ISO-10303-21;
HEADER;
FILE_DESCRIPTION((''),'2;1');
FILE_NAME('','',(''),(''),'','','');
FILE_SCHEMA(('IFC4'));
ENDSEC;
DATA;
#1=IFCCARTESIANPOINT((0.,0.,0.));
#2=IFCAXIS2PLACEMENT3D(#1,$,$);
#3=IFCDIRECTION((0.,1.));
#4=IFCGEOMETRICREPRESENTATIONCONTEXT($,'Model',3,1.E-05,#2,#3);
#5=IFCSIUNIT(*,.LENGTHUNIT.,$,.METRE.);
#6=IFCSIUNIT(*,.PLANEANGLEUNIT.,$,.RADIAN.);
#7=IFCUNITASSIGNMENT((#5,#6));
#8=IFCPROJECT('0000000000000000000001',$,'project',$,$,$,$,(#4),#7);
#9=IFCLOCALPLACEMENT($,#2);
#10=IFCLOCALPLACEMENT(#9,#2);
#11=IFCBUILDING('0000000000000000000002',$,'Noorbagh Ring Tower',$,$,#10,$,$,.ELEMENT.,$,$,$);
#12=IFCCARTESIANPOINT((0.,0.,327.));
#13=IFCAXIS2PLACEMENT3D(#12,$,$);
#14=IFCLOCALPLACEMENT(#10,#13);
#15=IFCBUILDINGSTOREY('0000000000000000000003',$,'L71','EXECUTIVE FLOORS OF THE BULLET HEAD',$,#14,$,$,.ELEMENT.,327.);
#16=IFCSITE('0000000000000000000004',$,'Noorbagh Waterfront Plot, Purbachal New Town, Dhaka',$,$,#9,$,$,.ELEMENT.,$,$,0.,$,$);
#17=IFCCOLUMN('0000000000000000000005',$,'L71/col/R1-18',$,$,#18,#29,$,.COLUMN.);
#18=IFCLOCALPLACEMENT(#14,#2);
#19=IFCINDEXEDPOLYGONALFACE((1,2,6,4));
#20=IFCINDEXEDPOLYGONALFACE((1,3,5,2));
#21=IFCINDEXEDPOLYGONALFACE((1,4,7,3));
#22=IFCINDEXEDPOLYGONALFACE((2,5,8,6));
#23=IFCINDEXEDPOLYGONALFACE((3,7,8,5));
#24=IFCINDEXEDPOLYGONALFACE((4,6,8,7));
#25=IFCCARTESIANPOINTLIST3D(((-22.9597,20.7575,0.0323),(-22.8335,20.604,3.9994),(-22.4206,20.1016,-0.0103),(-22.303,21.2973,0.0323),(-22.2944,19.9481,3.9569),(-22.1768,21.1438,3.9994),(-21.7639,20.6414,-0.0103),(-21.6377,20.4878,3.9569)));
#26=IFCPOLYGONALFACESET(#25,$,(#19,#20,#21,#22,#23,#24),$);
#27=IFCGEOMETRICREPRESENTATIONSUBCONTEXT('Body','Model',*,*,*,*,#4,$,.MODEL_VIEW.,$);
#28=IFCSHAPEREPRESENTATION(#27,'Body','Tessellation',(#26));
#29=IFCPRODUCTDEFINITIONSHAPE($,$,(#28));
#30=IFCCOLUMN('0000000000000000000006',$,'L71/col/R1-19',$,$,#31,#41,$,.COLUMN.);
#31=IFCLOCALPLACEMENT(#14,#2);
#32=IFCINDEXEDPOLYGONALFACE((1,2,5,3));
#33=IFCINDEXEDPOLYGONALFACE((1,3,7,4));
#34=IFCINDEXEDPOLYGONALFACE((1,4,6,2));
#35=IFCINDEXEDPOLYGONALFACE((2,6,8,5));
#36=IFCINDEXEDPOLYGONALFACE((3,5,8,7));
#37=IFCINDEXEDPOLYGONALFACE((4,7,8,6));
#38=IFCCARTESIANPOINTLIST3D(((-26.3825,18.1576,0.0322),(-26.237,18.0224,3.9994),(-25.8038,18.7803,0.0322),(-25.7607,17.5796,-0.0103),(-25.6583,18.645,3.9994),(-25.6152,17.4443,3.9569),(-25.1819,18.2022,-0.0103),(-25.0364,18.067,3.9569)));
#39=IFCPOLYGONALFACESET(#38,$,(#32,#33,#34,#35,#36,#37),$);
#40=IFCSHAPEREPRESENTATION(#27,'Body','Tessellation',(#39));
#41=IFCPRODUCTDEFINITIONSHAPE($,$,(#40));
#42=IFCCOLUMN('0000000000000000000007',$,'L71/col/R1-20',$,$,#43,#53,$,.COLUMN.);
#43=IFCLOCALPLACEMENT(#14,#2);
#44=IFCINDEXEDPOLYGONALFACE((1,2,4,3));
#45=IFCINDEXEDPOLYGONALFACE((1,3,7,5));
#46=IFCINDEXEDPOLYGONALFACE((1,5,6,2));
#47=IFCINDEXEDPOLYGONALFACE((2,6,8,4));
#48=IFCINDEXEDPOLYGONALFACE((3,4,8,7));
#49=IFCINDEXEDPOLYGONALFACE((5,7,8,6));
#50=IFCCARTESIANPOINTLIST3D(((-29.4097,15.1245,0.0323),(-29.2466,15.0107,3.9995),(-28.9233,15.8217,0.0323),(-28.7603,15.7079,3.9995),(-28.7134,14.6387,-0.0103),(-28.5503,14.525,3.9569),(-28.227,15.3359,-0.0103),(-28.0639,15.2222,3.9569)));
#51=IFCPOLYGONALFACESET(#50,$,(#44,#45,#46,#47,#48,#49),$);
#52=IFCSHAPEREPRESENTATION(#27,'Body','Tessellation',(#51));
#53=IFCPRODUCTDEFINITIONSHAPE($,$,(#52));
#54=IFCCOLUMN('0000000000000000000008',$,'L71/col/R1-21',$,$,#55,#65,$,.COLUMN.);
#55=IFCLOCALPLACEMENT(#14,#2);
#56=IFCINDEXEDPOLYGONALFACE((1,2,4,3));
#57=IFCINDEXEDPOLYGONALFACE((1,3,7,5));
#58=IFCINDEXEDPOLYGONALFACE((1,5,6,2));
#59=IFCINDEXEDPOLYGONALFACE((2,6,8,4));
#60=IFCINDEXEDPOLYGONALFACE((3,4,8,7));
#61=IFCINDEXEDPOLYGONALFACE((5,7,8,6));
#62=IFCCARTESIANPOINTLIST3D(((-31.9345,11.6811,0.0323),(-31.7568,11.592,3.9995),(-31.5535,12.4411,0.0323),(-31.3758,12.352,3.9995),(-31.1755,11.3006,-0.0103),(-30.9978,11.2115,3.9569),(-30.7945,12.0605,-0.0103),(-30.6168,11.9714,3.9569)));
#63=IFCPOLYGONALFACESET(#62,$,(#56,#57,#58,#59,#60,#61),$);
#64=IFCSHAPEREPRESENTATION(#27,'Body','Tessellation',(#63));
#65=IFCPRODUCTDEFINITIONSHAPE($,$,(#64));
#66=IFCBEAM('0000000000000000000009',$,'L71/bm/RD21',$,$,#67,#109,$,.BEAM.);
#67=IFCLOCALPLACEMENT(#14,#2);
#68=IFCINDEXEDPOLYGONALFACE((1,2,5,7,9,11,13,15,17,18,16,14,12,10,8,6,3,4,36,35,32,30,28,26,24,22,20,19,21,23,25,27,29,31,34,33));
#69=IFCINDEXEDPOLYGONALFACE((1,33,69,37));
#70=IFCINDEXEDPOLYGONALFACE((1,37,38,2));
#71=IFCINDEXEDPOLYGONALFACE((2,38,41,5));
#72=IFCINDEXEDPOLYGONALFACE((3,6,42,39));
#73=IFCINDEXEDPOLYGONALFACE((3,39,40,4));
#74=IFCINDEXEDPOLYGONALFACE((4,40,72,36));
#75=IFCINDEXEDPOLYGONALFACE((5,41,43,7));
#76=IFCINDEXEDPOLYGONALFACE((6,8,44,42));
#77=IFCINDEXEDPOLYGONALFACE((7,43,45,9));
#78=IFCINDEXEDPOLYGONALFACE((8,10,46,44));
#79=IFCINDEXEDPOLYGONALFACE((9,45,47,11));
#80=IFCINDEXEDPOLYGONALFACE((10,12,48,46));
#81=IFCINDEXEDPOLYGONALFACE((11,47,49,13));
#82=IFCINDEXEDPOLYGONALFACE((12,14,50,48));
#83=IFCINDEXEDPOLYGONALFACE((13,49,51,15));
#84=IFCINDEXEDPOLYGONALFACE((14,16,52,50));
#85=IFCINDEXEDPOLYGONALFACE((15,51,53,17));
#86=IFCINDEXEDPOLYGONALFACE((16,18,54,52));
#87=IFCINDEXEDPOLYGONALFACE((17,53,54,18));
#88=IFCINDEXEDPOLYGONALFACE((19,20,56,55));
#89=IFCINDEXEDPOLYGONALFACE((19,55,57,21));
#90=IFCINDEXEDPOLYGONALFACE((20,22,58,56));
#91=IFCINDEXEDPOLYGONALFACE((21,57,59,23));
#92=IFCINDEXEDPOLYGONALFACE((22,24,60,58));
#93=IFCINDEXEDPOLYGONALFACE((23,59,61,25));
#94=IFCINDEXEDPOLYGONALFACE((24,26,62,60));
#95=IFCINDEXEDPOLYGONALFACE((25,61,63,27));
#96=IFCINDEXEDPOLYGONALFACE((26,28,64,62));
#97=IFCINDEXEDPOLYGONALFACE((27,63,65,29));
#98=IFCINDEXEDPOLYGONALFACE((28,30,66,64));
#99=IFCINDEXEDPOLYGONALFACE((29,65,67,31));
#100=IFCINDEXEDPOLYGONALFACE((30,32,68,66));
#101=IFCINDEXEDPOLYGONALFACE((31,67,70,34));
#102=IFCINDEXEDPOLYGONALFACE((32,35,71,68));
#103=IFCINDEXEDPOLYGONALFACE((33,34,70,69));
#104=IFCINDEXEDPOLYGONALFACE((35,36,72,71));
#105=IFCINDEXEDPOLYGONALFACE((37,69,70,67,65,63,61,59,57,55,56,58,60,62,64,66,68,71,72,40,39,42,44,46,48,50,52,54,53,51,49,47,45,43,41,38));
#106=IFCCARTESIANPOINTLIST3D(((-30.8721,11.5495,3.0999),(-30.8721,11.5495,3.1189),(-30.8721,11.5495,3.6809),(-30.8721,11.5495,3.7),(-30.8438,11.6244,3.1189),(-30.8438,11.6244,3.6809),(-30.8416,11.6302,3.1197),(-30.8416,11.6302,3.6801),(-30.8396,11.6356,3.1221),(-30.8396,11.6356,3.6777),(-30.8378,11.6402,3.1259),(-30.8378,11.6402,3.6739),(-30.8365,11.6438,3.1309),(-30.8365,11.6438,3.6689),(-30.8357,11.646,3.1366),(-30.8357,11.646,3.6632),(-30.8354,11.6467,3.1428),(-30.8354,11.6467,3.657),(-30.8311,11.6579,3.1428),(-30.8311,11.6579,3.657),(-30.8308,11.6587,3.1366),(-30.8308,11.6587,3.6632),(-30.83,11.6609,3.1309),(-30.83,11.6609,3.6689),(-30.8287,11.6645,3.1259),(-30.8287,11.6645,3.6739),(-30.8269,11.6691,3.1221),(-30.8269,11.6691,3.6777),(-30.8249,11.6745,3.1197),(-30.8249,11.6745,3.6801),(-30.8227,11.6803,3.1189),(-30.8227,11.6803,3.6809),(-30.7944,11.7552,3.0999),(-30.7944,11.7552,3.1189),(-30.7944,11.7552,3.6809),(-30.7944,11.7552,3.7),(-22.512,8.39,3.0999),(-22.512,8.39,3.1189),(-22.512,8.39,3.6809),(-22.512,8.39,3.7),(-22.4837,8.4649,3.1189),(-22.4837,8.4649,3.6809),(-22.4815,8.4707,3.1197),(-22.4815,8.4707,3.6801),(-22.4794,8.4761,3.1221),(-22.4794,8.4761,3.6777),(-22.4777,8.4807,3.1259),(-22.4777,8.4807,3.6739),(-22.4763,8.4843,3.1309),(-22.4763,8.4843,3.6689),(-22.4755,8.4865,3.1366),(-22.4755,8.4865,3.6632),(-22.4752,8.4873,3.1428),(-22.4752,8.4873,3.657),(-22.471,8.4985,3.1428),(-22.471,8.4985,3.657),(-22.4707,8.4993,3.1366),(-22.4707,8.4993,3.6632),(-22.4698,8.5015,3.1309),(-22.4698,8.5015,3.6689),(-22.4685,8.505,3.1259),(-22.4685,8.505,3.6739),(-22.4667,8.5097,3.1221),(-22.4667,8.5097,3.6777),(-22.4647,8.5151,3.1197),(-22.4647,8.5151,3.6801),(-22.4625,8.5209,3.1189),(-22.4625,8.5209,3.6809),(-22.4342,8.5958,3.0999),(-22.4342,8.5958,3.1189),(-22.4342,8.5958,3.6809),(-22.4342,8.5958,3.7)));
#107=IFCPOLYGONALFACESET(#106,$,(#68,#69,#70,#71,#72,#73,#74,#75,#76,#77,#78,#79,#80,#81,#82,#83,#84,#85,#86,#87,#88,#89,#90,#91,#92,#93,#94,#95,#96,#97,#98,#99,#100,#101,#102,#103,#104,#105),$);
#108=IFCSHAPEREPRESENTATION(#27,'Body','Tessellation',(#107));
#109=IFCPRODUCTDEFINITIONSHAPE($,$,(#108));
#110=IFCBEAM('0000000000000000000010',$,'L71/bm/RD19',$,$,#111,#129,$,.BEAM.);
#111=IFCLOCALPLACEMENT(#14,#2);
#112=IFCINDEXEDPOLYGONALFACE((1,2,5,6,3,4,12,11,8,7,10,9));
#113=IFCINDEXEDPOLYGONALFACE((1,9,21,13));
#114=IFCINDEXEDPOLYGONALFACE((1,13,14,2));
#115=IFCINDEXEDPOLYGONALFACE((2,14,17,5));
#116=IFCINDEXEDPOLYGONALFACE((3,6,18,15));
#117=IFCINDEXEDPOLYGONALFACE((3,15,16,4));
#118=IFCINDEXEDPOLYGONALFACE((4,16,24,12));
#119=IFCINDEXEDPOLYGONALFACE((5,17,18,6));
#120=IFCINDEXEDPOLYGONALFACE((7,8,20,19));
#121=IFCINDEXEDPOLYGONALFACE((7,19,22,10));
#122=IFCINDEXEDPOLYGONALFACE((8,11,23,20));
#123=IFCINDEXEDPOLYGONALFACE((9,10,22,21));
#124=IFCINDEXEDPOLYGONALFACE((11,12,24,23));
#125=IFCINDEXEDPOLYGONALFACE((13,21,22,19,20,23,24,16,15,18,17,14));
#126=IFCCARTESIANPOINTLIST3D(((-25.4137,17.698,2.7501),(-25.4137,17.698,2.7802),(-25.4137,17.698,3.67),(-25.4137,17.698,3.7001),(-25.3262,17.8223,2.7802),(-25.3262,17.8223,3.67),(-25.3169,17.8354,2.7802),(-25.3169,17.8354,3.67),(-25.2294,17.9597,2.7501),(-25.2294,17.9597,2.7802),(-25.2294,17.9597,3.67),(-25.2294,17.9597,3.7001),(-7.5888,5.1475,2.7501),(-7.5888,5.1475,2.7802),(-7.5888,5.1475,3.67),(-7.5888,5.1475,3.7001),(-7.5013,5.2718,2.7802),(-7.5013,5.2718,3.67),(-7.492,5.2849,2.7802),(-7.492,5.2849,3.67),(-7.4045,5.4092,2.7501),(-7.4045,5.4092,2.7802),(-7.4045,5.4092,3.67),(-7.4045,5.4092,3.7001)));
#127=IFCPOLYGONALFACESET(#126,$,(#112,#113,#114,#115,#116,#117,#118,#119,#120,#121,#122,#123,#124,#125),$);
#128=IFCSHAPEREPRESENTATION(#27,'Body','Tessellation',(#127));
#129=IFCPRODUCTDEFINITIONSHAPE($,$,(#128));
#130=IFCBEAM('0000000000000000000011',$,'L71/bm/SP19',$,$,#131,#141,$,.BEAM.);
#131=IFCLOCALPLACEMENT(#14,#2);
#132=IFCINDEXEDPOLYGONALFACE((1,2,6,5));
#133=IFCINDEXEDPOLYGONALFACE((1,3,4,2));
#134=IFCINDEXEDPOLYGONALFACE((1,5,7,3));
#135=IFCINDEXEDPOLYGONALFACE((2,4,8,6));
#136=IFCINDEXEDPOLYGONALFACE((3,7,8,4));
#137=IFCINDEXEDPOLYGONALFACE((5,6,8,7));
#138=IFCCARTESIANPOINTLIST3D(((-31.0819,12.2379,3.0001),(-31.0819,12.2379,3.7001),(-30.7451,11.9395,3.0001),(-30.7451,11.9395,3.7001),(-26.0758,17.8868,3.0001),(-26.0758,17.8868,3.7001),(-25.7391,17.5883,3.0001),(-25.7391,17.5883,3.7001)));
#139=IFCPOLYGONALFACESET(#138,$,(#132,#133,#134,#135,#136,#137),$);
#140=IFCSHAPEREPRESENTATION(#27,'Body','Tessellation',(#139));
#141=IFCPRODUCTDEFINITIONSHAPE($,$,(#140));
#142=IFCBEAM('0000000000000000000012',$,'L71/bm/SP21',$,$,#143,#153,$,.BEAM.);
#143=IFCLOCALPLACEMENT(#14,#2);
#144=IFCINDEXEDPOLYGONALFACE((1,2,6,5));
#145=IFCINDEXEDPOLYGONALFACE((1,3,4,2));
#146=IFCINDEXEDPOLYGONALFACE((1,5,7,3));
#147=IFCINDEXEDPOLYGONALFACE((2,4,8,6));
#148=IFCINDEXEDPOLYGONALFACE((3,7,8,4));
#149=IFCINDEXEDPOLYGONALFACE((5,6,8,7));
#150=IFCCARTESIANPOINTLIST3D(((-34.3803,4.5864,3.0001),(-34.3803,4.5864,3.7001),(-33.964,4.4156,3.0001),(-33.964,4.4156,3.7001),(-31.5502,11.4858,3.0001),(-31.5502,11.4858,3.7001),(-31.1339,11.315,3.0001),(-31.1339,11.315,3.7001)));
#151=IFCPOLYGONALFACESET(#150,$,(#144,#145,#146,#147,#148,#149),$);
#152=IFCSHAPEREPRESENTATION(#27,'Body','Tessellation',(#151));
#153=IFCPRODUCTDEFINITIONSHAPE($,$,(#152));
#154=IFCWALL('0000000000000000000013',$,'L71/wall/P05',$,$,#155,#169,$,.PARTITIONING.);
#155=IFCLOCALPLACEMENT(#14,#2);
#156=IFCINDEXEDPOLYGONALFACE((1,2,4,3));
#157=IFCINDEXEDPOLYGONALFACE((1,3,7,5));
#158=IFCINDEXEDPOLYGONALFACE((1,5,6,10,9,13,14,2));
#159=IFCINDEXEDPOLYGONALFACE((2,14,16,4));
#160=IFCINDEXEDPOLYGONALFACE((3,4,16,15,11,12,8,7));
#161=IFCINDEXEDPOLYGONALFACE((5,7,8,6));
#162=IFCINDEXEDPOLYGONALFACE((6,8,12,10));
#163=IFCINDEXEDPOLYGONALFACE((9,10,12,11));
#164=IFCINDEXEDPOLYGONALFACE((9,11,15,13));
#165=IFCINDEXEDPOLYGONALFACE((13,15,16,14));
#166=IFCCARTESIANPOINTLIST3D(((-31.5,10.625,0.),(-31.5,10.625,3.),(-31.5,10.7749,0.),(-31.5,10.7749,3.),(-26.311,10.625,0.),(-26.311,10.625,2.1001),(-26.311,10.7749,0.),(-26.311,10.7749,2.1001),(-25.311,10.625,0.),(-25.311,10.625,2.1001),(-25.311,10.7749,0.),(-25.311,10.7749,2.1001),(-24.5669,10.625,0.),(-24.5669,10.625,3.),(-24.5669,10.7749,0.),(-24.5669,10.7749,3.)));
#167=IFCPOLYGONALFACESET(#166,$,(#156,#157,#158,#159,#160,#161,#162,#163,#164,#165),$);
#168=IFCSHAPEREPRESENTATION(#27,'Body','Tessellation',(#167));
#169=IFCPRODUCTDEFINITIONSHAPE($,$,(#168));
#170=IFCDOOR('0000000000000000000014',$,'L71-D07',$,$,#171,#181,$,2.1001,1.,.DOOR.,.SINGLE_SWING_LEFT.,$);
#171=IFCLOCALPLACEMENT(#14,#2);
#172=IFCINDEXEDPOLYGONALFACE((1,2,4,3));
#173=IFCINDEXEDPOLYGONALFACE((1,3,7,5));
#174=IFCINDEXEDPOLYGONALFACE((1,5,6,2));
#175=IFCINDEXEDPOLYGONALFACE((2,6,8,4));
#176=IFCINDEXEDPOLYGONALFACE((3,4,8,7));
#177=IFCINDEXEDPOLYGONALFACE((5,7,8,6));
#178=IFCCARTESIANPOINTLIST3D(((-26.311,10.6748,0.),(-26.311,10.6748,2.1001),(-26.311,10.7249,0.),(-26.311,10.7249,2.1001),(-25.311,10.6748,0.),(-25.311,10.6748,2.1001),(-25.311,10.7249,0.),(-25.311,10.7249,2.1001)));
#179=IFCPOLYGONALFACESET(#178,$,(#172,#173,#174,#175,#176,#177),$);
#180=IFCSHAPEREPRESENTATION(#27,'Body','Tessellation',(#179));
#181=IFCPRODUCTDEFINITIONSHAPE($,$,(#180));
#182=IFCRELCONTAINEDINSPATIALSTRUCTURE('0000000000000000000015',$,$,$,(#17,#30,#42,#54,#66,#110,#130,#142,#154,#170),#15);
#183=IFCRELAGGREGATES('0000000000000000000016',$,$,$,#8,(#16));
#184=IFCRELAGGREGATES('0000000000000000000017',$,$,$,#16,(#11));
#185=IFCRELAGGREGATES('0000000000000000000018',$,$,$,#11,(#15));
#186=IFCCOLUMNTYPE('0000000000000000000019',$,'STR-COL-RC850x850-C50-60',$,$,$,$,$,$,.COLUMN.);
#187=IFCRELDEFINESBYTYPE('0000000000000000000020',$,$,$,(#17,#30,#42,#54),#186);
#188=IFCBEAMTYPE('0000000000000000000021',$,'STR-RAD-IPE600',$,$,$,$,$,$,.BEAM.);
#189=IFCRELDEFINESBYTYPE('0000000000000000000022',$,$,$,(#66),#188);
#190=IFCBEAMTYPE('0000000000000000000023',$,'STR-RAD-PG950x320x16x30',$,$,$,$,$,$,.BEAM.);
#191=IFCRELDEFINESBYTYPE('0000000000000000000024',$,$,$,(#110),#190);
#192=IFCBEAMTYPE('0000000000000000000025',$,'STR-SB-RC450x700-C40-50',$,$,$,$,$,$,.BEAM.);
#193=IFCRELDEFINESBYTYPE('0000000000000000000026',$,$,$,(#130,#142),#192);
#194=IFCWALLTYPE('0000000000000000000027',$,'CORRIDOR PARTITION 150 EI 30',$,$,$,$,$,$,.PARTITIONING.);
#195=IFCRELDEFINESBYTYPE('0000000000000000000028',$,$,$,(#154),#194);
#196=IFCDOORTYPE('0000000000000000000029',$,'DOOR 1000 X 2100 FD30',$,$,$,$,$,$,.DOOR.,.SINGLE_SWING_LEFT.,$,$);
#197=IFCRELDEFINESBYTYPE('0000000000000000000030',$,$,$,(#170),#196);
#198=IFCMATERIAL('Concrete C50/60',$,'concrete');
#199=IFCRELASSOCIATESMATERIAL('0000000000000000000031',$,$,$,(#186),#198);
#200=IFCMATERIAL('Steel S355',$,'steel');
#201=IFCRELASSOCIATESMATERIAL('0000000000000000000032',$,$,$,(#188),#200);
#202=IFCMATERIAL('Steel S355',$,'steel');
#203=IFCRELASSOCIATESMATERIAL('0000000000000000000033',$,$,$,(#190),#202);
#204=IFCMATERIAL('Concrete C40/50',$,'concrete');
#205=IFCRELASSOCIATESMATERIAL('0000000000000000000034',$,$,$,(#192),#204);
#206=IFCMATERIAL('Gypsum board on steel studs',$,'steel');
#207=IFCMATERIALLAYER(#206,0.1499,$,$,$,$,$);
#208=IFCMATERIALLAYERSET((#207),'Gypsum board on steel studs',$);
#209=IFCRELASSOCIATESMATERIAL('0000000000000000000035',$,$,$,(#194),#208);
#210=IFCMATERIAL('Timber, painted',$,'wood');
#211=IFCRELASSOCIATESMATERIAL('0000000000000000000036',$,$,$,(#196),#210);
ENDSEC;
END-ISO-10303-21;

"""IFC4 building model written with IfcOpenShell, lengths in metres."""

from ifc_helpers import new_model, si_unit, direction, frame, frame_2d, origin, origin_2d, place, context, subcontext, project, spatial, rectangle, i_section, extrude, material, layer, layer_set, material_profile, profile_set, type_object, element, fill, save


model = new_model("IFC4")

# Units and contexts
model_context = context("Model", 3, precision=1e-05, world=origin(), true_north=direction((0.0, 1.0)))
body_context = subcontext(model_context, "Body", "Model", "MODEL_VIEW")
ifc_project = project(units=[si_unit("LENGTHUNIT", "METRE"), si_unit("PLANEANGLEUNIT", "RADIAN")], contexts=[model_context])

# Site, building, storey
site_placement = place(None, origin())
site = spatial("IfcSite", under=ifc_project, at=site_placement, Name="Noorbagh Waterfront Plot, Purbachal New Town, Dhaka", CompositionType="ELEMENT", RefElevation=0.0)
building_placement = place(site_placement, origin())
building = spatial("IfcBuilding", under=site, at=building_placement, Name="Noorbagh Ring Tower", CompositionType="ELEMENT")
storey_placement = place(building_placement, frame((0.0, 0.0, 327.0)))
storey = spatial("IfcBuildingStorey", under=building, at=storey_placement, Name="L71", Description="EXECUTIVE FLOORS OF THE BULLET HEAD", CompositionType="ELEMENT", Elevation=327.0)

# Columns
ifc_material_1 = material(Name="Concrete C50/60", Category="concrete")
ifc_material_profile_1 = material_profile(ifc_material_1, rectangle(XDim=0.8501, YDim=0.8501, at=origin_2d()), Name="RC850x850")
ifc_profile_set_1 = profile_set([ifc_material_profile_1], Name="Concrete C50/60")
column_type = type_object("IfcColumnType", Name="STR-COL-RC850x850-C50-60", PredefinedType="COLUMN", material=ifc_profile_set_1)
for number, where, z_axis, x_axis, name in (
    (1, (-22.3618, 20.6995, 0.011), (0.031776, -0.038659, 0.998747), (0.772533, 0.634975, 0.0), "L71/col/R1-18"),
    (2, (-25.7822, 18.1799, 0.011), (0.036631, -0.03405, 0.998749), (0.680828, 0.732443, 0.0), "L71/col/R1-19"),
    (3, (-28.8184, 15.2302, 0.011), (0.041056, -0.028641, 0.998746), (0.572143, 0.820154, 0.0), "L71/col/R1-20"),
    (4, (-31.3645, 11.8708, 0.011), (0.044744, -0.022433, 0.998747), (0.448196, 0.893935, 0.0), "L71/col/R1-21"),
):
    element("IfcColumn", number, at=place(storey_placement, frame(where, z_axis=z_axis, x_axis=x_axis)), inside=storey, type_object=column_type, Name=name, PredefinedType="COLUMN", context=body_context, shape_type="SweptSolid", body=[
        extrude(rectangle(XDim=0.8501, YDim=0.8501, at=origin_2d()), origin(), (0.0, 0.0, 1.0), 3.9722),
    ])

# Beams
ifc_material_2 = material(Name="Steel S355", Category="steel")
ifc_material_profile_2 = material_profile(ifc_material_2, i_section(OverallWidth=0.22, OverallDepth=0.6001, WebThickness=0.012, FlangeThickness=0.019, FilletRadius=0.0239, at=origin_2d()), Name="IPE600")
ifc_profile_set_2 = profile_set([ifc_material_profile_2], Name="Steel S355")
beam_type_1 = type_object("IfcBeamType", Name="STR-RAD-IPE600", PredefinedType="BEAM", material=ifc_profile_set_2)
beam_1_placement = place(storey_placement, frame((-30.8333, 11.6523, 3.3999), z_axis=(0.935429, -0.353514, 0.0), x_axis=(0.353514, 0.935429, 0.0)))
element("IfcBeam", 5, at=beam_1_placement, inside=storey, type_object=beam_type_1, Name="L71/bm/RD21", PredefinedType="BEAM", context=body_context, shape_type="SweptSolid", body=[
    extrude(i_section(OverallWidth=0.22, OverallDepth=0.6001, WebThickness=0.012, FlangeThickness=0.019, FilletRadius=0.0239, at=origin_2d()), origin(), (0.0, 0.0, 1.0), 8.9373),
])
ifc_material_3 = material(Name="Steel S355", Category="steel")
ifc_material_profile_3 = material_profile(ifc_material_3, i_section(OverallWidth=0.3201, OverallDepth=0.95, WebThickness=0.0161, FlangeThickness=0.03, at=origin_2d()), Name="PG950x320x16x30")
ifc_profile_set_3 = profile_set([ifc_material_profile_3], Name="Steel S355")
beam_type_2 = type_object("IfcBeamType", Name="STR-RAD-PG950x320x16x30", PredefinedType="BEAM", material=ifc_profile_set_3)
beam_2_placement = place(storey_placement, frame((-25.3215, 17.8289, 3.2251), z_axis=(0.817654, -0.57571, 0.0), x_axis=(0.57571, 0.817654, 0.0)))
element("IfcBeam", 6, at=beam_2_placement, inside=storey, type_object=beam_type_2, Name="L71/bm/RD19", PredefinedType="BEAM", context=body_context, shape_type="SweptSolid", body=[
    extrude(i_section(OverallWidth=0.3201, OverallDepth=0.95, WebThickness=0.0161, FlangeThickness=0.03, at=origin_2d()), origin(), (0.0, 0.0, 1.0), 21.8),
])
ifc_material_4 = material(Name="Concrete C40/50", Category="concrete")
ifc_material_profile_4 = material_profile(ifc_material_4, rectangle(XDim=0.45, YDim=0.7, at=origin_2d()), Name="RC450x700")
ifc_profile_set_4 = profile_set([ifc_material_profile_4], Name="Concrete C40/50")
beam_type_3 = type_object("IfcBeamType", Name="STR-SB-RC450x700-C40-50", PredefinedType="BEAM", material=ifc_profile_set_4)
beam_3_placement = place(storey_placement, frame((-25.9075, 17.7375, 3.3501), z_axis=(-0.663241, -0.748406, 0.0), x_axis=(0.748406, -0.663241, 0.0)))
element("IfcBeam", 7, at=beam_3_placement, inside=storey, type_object=beam_type_3, Name="L71/bm/SP19", PredefinedType="BEAM", context=body_context, shape_type="SweptSolid", body=[
    extrude(rectangle(XDim=0.45, YDim=0.7, at=origin_2d()), origin(), (0.0, 0.0, 1.0), 7.5479),
])
beam_4_placement = place(storey_placement, frame((-31.342, 11.4004, 3.3501), z_axis=(-0.379505, -0.92519, 0.0), x_axis=(0.92519, -0.379505, 0.0)))
element("IfcBeam", 8, at=beam_4_placement, inside=storey, type_object=beam_type_3, Name="L71/bm/SP21", PredefinedType="BEAM", context=body_context, shape_type="SweptSolid", body=[
    extrude(rectangle(XDim=0.45, YDim=0.7, at=origin_2d()), origin(), (0.0, 0.0, 1.0), 7.4573),
])

# Wall, opening, door
ifc_material_5 = material(Name="Gypsum board on steel studs", Category="steel")
ifc_layer_1 = layer(ifc_material_5, 0.1499)
ifc_layer_set_1 = layer_set([ifc_layer_1], Name="Gypsum board on steel studs")
wall_type_1 = type_object("IfcWallType", Name="CORRIDOR PARTITION 150 EI 30", PredefinedType="PARTITIONING", material=ifc_layer_set_1)
wall_1_placement = place(storey_placement, frame((-31.5, 10.7, 0.0), z_axis=(0.0, 0.0, 1.0), x_axis=(1.0, 0.0, 0.0)))
wall_1 = element("IfcWall", 9, at=wall_1_placement, inside=storey, type_object=wall_type_1, Name="L71/wall/P05", PredefinedType="PARTITIONING", context=body_context, shape_type="SweptSolid", body=[
    extrude(rectangle(XDim=6.9331, YDim=0.1499, at=frame_2d((3.4666, 0.0))), origin(), (0.0, 0.0, 1.0), 3.0),
])
opening_1_placement = place(wall_1_placement, frame((5.189, 0.0, 0.0)))
opening_1 = element("IfcOpeningElement", 10, at=opening_1_placement, cuts=wall_1, PredefinedType="OPENING", context=body_context, shape_type="SweptSolid", body=[
    extrude(rectangle(XDim=1.0, YDim=2.1001, at=frame_2d((0.5, 1.05))), frame((0.0, 0.085, 0.0), z_axis=(0.0, -1.0, 0.0), x_axis=(1.0, 0.0, 0.0)), (0.0, 0.0, 1.0), 0.1699),
])
ifc_material_6 = material(Name="Timber, painted", Category="wood")
door_type = type_object("IfcDoorType", Name="DOOR 1000 X 2100 FD30", OperationType="SINGLE_SWING_LEFT", PredefinedType="DOOR", material=ifc_material_6)
door_1_placement = place(opening_1_placement, origin())
door_1 = element("IfcDoor", 11, at=door_1_placement, inside=storey, type_object=door_type, Name="L71-D07", OperationType="SINGLE_SWING_LEFT", OverallHeight=2.1001, OverallWidth=1.0, PredefinedType="DOOR", context=body_context, shape_type="SweptSolid", body=[
    extrude(rectangle(XDim=1.0, YDim=2.1001, at=frame_2d((0.5, 1.05))), frame((0.0, 0.0249, 0.0), z_axis=(0.0, -1.0, 0.0), x_axis=(1.0, 0.0, 0.0)), (0.0, 0.0, 1.0), 0.05),
])
fill(opening_1, door_1)

save(model, "model.ifc")
